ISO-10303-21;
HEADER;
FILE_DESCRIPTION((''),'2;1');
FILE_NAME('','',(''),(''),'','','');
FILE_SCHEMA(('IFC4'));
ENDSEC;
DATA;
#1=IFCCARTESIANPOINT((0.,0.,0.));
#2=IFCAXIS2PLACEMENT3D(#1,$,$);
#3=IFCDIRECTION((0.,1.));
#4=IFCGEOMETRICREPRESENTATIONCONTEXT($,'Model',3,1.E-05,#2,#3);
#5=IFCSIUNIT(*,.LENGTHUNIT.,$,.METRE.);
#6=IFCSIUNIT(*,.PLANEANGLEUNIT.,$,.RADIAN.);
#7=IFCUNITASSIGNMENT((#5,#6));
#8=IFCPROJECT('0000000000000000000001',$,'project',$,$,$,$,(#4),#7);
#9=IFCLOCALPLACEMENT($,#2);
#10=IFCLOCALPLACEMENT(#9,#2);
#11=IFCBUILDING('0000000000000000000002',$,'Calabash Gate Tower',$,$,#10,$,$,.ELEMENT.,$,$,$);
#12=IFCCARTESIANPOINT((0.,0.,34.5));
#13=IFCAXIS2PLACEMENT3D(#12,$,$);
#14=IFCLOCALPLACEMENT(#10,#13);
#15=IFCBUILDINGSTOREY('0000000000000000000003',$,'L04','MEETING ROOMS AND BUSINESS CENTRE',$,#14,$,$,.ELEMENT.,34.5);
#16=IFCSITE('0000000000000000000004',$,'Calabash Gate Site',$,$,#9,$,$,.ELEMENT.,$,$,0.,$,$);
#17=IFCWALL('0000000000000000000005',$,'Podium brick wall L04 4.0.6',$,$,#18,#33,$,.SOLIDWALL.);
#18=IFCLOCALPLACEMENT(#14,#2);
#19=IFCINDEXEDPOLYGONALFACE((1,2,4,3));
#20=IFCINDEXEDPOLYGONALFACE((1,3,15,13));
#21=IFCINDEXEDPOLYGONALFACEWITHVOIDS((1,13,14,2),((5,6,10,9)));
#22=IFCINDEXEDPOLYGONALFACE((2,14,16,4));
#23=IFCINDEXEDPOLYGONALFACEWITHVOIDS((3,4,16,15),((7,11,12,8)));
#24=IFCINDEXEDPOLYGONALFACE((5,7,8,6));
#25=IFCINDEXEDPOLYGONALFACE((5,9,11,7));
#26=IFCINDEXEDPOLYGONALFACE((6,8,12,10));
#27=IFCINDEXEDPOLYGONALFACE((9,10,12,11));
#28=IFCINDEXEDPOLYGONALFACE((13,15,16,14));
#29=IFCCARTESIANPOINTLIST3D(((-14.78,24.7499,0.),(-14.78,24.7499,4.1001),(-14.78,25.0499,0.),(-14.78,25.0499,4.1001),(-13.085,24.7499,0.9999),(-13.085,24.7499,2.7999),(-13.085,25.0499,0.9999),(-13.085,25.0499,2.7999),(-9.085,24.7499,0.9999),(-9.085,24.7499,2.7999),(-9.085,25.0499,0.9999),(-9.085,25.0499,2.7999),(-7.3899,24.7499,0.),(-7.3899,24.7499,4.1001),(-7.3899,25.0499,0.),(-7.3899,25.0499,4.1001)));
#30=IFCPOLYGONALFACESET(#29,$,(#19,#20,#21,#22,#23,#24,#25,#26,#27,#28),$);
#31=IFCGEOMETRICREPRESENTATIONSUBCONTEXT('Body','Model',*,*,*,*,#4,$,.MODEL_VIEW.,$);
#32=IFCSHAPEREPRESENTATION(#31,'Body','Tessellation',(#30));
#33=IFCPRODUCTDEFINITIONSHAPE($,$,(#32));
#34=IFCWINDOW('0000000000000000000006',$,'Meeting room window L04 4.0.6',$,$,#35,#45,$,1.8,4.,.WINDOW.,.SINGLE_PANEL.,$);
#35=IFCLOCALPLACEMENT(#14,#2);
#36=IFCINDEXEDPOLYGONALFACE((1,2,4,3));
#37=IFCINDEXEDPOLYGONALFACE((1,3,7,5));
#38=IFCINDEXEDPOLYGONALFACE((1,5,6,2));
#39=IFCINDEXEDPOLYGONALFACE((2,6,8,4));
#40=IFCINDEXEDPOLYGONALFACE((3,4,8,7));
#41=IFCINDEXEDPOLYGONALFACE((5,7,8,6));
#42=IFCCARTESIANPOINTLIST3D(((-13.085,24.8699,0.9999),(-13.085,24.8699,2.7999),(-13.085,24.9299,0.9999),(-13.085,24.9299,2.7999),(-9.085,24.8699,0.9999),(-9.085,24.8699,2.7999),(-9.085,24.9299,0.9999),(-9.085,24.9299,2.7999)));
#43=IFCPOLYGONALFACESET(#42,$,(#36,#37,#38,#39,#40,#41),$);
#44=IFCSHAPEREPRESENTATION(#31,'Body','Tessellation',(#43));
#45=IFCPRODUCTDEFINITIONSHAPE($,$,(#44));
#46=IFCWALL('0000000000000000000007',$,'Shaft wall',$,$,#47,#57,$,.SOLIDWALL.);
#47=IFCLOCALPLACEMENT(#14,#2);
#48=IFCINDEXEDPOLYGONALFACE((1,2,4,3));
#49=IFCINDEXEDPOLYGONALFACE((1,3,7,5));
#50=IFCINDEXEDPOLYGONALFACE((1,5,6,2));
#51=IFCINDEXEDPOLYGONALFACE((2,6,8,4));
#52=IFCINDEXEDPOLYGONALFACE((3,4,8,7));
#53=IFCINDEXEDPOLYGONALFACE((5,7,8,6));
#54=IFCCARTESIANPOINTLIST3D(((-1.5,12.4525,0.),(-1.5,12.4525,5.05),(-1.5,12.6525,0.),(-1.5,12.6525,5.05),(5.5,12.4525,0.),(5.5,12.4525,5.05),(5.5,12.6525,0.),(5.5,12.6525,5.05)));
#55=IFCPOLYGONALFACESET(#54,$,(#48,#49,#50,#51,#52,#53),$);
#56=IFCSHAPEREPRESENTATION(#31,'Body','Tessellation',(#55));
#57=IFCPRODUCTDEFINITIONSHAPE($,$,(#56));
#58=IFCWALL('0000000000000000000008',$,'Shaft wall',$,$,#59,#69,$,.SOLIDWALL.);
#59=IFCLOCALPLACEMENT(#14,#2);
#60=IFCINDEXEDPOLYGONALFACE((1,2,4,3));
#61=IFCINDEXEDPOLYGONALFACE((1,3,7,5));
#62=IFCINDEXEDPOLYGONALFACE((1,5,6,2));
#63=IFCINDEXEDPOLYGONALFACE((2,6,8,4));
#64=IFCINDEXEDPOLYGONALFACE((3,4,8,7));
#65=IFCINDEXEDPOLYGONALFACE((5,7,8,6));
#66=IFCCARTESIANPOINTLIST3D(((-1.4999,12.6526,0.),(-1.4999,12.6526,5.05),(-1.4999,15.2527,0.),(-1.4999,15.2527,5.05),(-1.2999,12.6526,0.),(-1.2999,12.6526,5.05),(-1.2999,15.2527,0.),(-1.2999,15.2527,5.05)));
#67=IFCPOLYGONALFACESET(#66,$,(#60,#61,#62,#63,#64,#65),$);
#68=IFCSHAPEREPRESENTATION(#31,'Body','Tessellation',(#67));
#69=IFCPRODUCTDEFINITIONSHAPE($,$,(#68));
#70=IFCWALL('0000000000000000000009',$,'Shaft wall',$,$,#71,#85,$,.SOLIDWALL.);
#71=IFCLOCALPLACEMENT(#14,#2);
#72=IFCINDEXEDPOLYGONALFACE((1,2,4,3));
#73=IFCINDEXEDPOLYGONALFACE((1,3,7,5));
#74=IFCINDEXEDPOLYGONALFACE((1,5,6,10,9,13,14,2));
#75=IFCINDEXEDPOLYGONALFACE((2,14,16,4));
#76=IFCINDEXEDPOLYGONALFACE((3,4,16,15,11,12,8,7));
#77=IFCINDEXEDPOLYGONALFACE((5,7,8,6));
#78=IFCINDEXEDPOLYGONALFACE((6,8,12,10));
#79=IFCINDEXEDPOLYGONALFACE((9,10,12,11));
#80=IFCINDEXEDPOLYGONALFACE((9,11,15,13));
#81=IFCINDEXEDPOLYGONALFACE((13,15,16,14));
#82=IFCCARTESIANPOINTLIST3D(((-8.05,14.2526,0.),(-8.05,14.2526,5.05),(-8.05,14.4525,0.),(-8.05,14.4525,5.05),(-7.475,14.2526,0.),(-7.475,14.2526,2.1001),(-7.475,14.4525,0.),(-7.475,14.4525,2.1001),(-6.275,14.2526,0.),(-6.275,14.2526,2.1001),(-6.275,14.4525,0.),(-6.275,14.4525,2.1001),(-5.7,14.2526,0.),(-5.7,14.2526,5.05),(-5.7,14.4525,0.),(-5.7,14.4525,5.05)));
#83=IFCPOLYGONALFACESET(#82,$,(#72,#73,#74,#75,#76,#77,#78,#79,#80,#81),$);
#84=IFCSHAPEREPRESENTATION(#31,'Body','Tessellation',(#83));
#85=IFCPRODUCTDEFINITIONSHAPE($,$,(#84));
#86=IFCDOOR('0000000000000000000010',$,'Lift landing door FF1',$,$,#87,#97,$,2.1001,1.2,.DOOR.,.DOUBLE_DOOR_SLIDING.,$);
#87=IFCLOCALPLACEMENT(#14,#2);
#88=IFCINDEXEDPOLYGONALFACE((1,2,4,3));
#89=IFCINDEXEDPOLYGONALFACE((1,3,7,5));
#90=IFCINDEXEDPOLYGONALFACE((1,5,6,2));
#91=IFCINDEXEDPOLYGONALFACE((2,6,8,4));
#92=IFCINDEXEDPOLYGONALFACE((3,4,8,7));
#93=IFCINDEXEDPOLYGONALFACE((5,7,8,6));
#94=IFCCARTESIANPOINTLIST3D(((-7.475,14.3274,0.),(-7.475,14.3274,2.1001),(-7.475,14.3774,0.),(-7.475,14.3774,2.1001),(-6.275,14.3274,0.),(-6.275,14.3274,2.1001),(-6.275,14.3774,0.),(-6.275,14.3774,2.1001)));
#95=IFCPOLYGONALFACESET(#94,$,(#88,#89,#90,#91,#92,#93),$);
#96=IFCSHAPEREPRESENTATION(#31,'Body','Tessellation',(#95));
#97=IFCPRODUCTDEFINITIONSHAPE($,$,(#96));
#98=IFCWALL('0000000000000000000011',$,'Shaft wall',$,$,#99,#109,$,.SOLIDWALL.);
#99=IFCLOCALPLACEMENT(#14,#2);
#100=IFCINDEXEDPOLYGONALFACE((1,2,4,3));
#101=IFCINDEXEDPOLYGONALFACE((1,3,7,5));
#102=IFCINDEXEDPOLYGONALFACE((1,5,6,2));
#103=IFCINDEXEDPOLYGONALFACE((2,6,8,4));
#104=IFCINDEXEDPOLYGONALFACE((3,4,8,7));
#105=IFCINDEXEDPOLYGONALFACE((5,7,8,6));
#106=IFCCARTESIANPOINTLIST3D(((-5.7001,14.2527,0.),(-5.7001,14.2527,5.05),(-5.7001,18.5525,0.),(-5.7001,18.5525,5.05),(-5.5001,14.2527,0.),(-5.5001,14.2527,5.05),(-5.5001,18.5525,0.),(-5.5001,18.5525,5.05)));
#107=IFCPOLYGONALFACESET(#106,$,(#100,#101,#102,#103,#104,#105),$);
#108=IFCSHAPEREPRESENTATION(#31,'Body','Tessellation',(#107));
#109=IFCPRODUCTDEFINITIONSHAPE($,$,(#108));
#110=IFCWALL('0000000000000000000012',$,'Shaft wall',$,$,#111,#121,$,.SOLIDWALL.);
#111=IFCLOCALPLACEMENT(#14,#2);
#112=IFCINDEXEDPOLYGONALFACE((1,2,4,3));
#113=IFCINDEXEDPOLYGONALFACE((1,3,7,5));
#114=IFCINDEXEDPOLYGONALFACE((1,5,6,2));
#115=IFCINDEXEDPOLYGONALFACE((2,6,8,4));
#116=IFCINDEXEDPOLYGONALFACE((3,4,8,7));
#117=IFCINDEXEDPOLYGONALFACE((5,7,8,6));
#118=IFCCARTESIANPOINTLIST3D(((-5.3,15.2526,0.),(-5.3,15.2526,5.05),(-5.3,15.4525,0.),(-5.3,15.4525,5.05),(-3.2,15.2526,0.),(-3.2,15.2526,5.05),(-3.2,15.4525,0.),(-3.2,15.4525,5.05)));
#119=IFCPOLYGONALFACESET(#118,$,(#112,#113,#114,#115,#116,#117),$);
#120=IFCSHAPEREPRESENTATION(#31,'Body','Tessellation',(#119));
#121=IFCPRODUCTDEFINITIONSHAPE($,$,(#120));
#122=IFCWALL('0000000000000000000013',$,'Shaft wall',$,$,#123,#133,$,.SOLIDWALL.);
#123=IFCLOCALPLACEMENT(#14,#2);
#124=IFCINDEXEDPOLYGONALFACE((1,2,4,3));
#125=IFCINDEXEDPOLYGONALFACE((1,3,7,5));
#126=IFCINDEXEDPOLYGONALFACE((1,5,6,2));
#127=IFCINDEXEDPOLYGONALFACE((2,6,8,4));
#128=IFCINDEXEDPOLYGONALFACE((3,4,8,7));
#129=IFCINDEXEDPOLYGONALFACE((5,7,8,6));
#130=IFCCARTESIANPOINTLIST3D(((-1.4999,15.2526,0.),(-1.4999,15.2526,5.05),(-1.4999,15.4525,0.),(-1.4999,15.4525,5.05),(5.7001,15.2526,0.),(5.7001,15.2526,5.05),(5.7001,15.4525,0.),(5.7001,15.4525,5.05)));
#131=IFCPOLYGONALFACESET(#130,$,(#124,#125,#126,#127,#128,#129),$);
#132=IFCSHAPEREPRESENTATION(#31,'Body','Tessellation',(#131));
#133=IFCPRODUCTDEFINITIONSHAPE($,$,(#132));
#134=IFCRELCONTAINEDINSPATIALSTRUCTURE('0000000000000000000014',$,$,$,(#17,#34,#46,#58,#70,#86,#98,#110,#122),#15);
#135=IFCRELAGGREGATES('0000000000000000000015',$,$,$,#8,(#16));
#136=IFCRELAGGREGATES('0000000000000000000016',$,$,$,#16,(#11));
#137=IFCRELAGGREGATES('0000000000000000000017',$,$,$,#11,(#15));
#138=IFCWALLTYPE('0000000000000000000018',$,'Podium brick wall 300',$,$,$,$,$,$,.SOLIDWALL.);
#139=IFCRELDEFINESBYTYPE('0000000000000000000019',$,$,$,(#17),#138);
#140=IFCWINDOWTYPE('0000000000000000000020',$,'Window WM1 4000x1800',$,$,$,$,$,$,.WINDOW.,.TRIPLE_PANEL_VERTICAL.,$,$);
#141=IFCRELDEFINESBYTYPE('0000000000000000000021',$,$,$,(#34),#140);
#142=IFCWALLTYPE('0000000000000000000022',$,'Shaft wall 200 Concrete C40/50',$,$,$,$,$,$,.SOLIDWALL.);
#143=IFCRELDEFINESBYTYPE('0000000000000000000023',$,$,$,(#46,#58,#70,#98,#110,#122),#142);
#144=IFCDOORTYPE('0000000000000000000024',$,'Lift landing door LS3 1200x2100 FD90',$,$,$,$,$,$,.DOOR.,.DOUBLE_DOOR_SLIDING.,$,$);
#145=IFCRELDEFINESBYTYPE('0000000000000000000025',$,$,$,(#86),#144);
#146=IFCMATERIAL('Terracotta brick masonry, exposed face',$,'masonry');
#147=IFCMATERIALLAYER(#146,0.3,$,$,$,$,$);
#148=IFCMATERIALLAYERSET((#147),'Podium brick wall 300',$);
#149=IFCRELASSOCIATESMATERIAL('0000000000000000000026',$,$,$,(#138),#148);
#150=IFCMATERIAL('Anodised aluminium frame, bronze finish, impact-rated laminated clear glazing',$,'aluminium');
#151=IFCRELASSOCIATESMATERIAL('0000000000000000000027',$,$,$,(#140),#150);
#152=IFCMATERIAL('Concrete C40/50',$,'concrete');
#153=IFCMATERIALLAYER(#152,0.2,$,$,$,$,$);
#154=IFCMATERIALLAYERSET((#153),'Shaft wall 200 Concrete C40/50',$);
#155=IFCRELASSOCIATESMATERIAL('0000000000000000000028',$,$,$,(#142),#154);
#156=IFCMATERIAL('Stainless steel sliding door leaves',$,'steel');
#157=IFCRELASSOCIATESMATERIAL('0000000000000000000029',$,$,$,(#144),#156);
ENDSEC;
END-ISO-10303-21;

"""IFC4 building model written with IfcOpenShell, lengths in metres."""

from ifc_helpers import new_model, si_unit, direction, frame, frame_2d, origin, place, context, subcontext, project, spatial, rectangle, extrude, material, layer, layer_set, type_object, element, fill, save


model = new_model("IFC4")

# Units and contexts
model_context = context("Model", 3, precision=1e-05, world=origin(), true_north=direction((0.0, 1.0)))
body_context = subcontext(model_context, "Body", "Model", "MODEL_VIEW")
ifc_project = project(units=[si_unit("LENGTHUNIT", "METRE"), si_unit("PLANEANGLEUNIT", "RADIAN")], contexts=[model_context])

# Site, building, storey
site_placement = place(None, origin())
site = spatial("IfcSite", under=ifc_project, at=site_placement, Name="Calabash Gate Site", CompositionType="ELEMENT", RefElevation=0.0)
building_placement = place(site_placement, origin())
building = spatial("IfcBuilding", under=site, at=building_placement, Name="Calabash Gate Tower", CompositionType="ELEMENT")
storey_placement = place(building_placement, frame((0.0, 0.0, 34.5)))
storey = spatial("IfcBuildingStorey", under=building, at=storey_placement, Name="L04", Description="MEETING ROOMS AND BUSINESS CENTRE", CompositionType="ELEMENT", Elevation=34.5)

# Wall, opening, window
ifc_material_1 = material(Name="Terracotta brick masonry, exposed face", Category="masonry")
ifc_layer_1 = layer(ifc_material_1, 0.3)
ifc_layer_set_1 = layer_set([ifc_layer_1], Name="Podium brick wall 300")
wall_type_1 = type_object("IfcWallType", Name="Podium brick wall 300", PredefinedType="SOLIDWALL", material=ifc_layer_set_1)
ifc_material_2 = material(Name="Anodised aluminium frame, bronze finish, impact-rated laminated clear glazing", Category="aluminium")
window_type = type_object("IfcWindowType", Name="Window WM1 4000x1800", PartitioningType="TRIPLE_PANEL_VERTICAL", PredefinedType="WINDOW", material=ifc_material_2)
wall_1_placement = place(storey_placement, frame((-7.3899, 24.8999, 0.0), z_axis=(0.0, 0.0, 1.0), x_axis=(-1.0, 0.0, 0.0)))
wall_1 = element("IfcWall", 1, at=wall_1_placement, inside=storey, type_object=wall_type_1, Name="Podium brick wall L04 4.0.6", PredefinedType="SOLIDWALL", context=body_context, shape_type="SweptSolid", body=[
    extrude(rectangle(XDim=7.3901, YDim=0.3, at=frame_2d((3.6951, 0.0))), origin(), (0.0, 0.0, 1.0), 4.1001),
])
opening_1_placement = place(wall_1_placement, frame((1.6951, 0.0, 1.0)))
opening_1 = element("IfcOpeningElement", 2, at=opening_1_placement, cuts=wall_1, PredefinedType="OPENING", context=body_context, shape_type="SweptSolid", body=[
    extrude(rectangle(XDim=4.0, YDim=1.8, at=frame_2d((2.0, 0.8999))), frame((0.0, 0.1599, 0.0), z_axis=(0.0, -1.0, 0.0), x_axis=(1.0, 0.0, 0.0)), (0.0, 0.0, 1.0), 0.3201),
])
window_1_placement = place(opening_1_placement, origin())
window_1 = element("IfcWindow", 3, at=window_1_placement, inside=storey, type_object=window_type, Name="Meeting room window L04 4.0.6", OverallHeight=1.8, OverallWidth=4.0, PartitioningType="SINGLE_PANEL", PredefinedType="WINDOW", context=body_context, shape_type="SweptSolid", body=[
    extrude(rectangle(XDim=4.0, YDim=1.8, at=frame_2d((2.0, 0.8999))), frame((0.0, 0.03, 0.0), z_axis=(0.0, -1.0, 0.0), x_axis=(1.0, 0.0, 0.0)), (0.0, 0.0, 1.0), 0.0601),
])
fill(opening_1, window_1)

# Walls
ifc_material_3 = material(Name="Concrete C40/50", Category="concrete")
ifc_layer_2 = layer(ifc_material_3, 0.2)
ifc_layer_set_2 = layer_set([ifc_layer_2], Name="Shaft wall 200 Concrete C40/50")
wall_type_2 = type_object("IfcWallType", Name="Shaft wall 200 Concrete C40/50", PredefinedType="SOLIDWALL", material=ifc_layer_set_2)
wall_2_placement = place(storey_placement, frame((-1.5, 12.5525, 0.0), z_axis=(0.0, 0.0, 1.0), x_axis=(1.0, 0.0, 0.0)))
element("IfcWall", 4, at=wall_2_placement, inside=storey, type_object=wall_type_2, Name="Shaft wall", PredefinedType="SOLIDWALL", context=body_context, shape_type="SweptSolid", body=[
    extrude(rectangle(XDim=7.0, YDim=0.2, at=frame_2d((3.5, 0.0))), origin(), (0.0, 0.0, 1.0), 5.05),
])
wall_3_placement = place(storey_placement, frame((-1.3999, 12.6526, 0.0), z_axis=(0.0, 0.0, 1.0), x_axis=(0.0, 1.0, 0.0)))
element("IfcWall", 5, at=wall_3_placement, inside=storey, type_object=wall_type_2, Name="Shaft wall", PredefinedType="SOLIDWALL", context=body_context, shape_type="SweptSolid", body=[
    extrude(rectangle(XDim=2.6001, YDim=0.2, at=frame_2d((1.3, 0.0))), origin(), (0.0, 0.0, 1.0), 5.05),
])

# Wall, opening, door
wall_4_placement = place(storey_placement, frame((-8.05, 14.3525, 0.0), z_axis=(0.0, 0.0, 1.0), x_axis=(1.0, 0.0, 0.0)))
wall_4 = element("IfcWall", 6, at=wall_4_placement, inside=storey, type_object=wall_type_2, Name="Shaft wall", PredefinedType="SOLIDWALL", context=body_context, shape_type="SweptSolid", body=[
    extrude(rectangle(XDim=2.3501, YDim=0.2, at=frame_2d((1.175, 0.0))), origin(), (0.0, 0.0, 1.0), 5.05),
])
opening_2_placement = place(wall_4_placement, frame((0.575, 0.0, 0.0)))
opening_2 = element("IfcOpeningElement", 7, at=opening_2_placement, cuts=wall_4, PredefinedType="OPENING", context=body_context, shape_type="SweptSolid", body=[
    extrude(rectangle(XDim=1.2, YDim=2.1001, at=frame_2d((0.6001, 1.05))), frame((0.0, 0.1099, 0.0), z_axis=(0.0, -1.0, 0.0), x_axis=(1.0, 0.0, 0.0)), (0.0, 0.0, 1.0), 0.22),
])
ifc_material_4 = material(Name="Stainless steel sliding door leaves", Category="steel")
door_type_1 = type_object("IfcDoorType", Name="Lift landing door LS3 1200x2100 FD90", OperationType="DOUBLE_DOOR_SLIDING", PredefinedType="DOOR", material=ifc_material_4)
door_1_placement = place(opening_2_placement, origin())
door_1 = element("IfcDoor", 8, at=door_1_placement, inside=storey, type_object=door_type_1, Name="Lift landing door FF1", OperationType="DOUBLE_DOOR_SLIDING", OverallHeight=2.1001, OverallWidth=1.2, PredefinedType="DOOR", context=body_context, shape_type="SweptSolid", body=[
    extrude(rectangle(XDim=1.2, YDim=2.1001, at=frame_2d((0.6001, 1.05))), frame((0.0, 0.0249, 0.0), z_axis=(0.0, -1.0, 0.0), x_axis=(1.0, 0.0, 0.0)), (0.0, 0.0, 1.0), 0.05),
])
fill(opening_2, door_1)

# Walls
wall_5_placement = place(storey_placement, frame((-5.6001, 14.2527, 0.0), z_axis=(0.0, 0.0, 1.0), x_axis=(0.0, 1.0, 0.0)))
element("IfcWall", 9, at=wall_5_placement, inside=storey, type_object=wall_type_2, Name="Shaft wall", PredefinedType="SOLIDWALL", context=body_context, shape_type="SweptSolid", body=[
    extrude(rectangle(XDim=4.2998, YDim=0.2, at=frame_2d((2.1499, 0.0))), origin(), (0.0, 0.0, 1.0), 5.05),
])
wall_6_placement = place(storey_placement, frame((-5.3, 15.3525, 0.0), z_axis=(0.0, 0.0, 1.0), x_axis=(1.0, 0.0, 0.0)))
element("IfcWall", 10, at=wall_6_placement, inside=storey, type_object=wall_type_2, Name="Shaft wall", PredefinedType="SOLIDWALL", context=body_context, shape_type="SweptSolid", body=[
    extrude(rectangle(XDim=2.1001, YDim=0.2, at=frame_2d((1.05, 0.0))), origin(), (0.0, 0.0, 1.0), 5.05),
])
wall_7_placement = place(storey_placement, frame((-1.5, 15.3525, 0.0), z_axis=(0.0, 0.0, 1.0), x_axis=(1.0, 0.0, 0.0)))
element("IfcWall", 11, at=wall_7_placement, inside=storey, type_object=wall_type_2, Name="Shaft wall", PredefinedType="SOLIDWALL", context=body_context, shape_type="SweptSolid", body=[
    extrude(rectangle(XDim=7.2, YDim=0.2, at=frame_2d((3.6001, 0.0))), origin(), (0.0, 0.0, 1.0), 5.05),
])

save(model, "model.ifc")
